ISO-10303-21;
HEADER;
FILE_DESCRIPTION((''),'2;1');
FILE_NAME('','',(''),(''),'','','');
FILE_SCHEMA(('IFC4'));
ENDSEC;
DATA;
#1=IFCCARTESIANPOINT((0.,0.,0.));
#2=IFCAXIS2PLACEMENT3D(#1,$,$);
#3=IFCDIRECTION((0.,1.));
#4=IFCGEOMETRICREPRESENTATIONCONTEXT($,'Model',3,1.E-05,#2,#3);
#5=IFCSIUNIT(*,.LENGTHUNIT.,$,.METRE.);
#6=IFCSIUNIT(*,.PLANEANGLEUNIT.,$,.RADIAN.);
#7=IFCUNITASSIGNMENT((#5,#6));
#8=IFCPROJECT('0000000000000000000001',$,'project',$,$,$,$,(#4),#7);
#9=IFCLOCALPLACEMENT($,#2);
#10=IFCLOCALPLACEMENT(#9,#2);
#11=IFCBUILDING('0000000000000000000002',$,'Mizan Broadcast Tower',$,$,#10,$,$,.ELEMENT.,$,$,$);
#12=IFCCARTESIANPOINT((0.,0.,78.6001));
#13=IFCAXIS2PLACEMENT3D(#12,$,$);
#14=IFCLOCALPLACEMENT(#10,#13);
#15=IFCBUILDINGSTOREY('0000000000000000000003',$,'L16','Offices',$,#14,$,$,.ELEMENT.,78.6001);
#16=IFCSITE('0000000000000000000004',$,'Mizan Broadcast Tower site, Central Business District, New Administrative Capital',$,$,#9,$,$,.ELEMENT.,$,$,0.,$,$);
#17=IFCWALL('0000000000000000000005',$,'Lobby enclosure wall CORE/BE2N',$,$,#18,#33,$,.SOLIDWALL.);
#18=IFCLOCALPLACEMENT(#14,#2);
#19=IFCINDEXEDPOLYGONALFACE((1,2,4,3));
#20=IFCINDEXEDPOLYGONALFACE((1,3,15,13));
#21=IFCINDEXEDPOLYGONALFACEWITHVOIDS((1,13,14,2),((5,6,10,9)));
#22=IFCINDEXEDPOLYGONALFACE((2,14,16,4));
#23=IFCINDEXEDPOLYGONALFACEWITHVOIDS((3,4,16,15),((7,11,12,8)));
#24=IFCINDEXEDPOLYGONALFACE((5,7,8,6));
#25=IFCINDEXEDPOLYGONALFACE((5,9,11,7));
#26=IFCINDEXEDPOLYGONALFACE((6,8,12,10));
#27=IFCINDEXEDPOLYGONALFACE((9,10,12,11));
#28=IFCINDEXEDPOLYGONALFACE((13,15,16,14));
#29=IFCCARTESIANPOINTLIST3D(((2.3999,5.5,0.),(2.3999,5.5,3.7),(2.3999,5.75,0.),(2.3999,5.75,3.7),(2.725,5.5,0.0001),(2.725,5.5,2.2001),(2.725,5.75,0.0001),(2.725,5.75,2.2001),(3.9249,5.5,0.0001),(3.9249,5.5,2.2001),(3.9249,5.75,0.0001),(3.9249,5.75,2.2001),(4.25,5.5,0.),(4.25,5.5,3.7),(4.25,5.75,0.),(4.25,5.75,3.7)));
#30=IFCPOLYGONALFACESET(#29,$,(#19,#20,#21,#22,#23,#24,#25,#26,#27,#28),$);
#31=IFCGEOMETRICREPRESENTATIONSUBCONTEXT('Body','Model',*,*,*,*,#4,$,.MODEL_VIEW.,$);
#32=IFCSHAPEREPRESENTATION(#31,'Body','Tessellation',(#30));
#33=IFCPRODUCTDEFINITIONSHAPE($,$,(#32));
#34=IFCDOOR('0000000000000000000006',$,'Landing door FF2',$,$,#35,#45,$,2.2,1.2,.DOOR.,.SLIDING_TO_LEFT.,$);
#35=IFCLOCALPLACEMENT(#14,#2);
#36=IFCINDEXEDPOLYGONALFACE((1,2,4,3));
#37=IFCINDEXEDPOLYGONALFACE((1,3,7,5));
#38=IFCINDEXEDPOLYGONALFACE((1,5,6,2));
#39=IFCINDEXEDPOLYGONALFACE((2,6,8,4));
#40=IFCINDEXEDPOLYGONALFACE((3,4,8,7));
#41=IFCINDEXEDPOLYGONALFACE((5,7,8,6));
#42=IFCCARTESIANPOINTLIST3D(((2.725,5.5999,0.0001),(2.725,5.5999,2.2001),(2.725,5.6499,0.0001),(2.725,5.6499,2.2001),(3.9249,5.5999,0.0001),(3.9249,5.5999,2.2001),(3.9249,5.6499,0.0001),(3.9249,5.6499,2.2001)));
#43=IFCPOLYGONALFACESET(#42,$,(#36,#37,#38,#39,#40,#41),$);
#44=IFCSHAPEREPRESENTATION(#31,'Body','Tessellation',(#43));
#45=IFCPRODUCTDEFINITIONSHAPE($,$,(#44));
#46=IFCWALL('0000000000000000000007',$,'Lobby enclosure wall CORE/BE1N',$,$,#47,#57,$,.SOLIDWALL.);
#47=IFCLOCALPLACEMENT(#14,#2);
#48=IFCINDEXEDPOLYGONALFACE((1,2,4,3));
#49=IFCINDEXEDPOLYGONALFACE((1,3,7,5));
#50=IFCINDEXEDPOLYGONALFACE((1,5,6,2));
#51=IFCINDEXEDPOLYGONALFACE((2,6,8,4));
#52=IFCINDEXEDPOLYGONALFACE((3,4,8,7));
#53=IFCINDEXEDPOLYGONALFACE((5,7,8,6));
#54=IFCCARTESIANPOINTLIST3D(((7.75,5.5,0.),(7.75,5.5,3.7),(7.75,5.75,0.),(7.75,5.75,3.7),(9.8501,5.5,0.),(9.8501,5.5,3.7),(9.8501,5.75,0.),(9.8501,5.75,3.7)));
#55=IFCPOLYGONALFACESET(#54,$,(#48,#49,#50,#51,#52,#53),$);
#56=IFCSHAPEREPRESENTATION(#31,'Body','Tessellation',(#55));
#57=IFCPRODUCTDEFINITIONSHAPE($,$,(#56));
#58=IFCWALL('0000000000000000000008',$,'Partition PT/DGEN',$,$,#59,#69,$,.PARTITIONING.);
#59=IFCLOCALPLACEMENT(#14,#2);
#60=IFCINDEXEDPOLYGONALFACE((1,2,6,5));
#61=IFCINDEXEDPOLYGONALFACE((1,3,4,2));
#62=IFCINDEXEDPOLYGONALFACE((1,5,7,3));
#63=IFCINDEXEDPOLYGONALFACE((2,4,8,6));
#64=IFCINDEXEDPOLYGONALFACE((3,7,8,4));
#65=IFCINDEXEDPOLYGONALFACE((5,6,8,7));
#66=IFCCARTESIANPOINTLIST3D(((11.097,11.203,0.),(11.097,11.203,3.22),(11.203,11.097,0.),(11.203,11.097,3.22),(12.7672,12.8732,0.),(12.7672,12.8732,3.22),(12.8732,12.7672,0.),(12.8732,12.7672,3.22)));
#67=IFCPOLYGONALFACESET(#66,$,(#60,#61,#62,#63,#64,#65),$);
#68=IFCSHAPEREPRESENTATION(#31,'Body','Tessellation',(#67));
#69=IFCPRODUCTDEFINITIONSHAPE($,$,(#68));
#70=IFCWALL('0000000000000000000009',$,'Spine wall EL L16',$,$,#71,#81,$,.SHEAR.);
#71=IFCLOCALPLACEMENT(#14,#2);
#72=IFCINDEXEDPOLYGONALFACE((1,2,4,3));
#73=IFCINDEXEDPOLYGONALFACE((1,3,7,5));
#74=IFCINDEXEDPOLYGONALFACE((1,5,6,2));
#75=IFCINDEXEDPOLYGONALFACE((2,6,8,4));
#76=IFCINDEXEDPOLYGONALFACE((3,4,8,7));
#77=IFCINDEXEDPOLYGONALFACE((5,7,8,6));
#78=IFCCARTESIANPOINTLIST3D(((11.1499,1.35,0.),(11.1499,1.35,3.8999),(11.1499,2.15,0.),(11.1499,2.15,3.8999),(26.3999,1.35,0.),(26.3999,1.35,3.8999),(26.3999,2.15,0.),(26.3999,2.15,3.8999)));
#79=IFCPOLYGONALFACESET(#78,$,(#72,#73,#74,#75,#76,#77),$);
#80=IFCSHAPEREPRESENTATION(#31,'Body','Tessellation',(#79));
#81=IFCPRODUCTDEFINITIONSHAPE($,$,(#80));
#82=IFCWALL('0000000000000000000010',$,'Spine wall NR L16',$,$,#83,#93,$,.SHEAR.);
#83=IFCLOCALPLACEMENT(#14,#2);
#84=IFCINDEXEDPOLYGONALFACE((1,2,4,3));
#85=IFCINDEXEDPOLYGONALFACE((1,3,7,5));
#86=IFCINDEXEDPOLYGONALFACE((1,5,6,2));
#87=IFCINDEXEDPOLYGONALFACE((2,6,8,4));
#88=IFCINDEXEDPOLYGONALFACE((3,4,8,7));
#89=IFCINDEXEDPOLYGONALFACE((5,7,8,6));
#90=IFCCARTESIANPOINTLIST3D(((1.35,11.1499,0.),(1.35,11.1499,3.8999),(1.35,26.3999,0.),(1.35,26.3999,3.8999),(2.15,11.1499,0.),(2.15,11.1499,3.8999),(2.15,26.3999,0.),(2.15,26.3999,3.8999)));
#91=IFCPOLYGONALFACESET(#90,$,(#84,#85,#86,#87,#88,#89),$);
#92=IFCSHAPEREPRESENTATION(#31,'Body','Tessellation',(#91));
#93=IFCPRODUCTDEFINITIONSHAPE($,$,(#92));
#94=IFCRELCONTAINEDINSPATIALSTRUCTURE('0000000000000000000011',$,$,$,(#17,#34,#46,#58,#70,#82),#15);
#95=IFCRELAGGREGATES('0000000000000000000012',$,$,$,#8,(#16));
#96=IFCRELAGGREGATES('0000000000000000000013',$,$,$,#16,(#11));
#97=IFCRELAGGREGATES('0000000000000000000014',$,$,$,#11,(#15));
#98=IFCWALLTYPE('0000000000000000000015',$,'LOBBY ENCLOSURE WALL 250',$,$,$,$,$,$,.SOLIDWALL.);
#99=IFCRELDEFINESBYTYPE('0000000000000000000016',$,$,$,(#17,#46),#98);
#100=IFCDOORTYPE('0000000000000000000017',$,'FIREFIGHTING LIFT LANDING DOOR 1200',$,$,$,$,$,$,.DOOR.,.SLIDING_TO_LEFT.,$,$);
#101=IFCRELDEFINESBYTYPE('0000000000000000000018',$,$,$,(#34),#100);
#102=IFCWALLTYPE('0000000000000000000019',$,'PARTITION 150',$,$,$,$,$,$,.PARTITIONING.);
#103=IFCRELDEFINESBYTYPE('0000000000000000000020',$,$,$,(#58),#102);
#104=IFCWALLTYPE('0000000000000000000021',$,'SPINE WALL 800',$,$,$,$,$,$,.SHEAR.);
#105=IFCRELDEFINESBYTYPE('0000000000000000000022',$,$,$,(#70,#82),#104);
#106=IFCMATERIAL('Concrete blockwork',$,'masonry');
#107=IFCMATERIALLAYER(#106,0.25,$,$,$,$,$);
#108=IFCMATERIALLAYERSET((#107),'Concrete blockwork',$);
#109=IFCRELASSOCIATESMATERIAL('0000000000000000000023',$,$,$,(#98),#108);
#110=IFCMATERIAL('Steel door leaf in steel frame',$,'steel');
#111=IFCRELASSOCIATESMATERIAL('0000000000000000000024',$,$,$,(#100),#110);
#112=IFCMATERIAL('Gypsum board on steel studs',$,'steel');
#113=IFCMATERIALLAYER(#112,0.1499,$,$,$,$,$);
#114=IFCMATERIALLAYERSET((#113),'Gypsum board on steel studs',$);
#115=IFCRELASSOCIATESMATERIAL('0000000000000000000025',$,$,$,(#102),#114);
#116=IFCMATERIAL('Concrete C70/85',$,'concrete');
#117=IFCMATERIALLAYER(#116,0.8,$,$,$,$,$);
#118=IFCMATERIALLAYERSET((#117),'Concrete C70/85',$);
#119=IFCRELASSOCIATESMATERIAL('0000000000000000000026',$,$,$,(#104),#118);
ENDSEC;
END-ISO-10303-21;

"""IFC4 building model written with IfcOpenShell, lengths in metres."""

from ifc_helpers import new_model, si_unit, direction, frame, frame_2d, origin, place, context, subcontext, project, spatial, rectangle, extrude, material, layer, layer_set, type_object, element, fill, save


model = new_model("IFC4")

# Units and contexts
model_context = context("Model", 3, precision=1e-05, world=origin(), true_north=direction((0.0, 1.0)))
body_context = subcontext(model_context, "Body", "Model", "MODEL_VIEW")
ifc_project = project(units=[si_unit("LENGTHUNIT", "METRE"), si_unit("PLANEANGLEUNIT", "RADIAN")], contexts=[model_context])

# Site, building, storey
site_placement = place(None, origin())
site = spatial("IfcSite", under=ifc_project, at=site_placement, Name="Mizan Broadcast Tower site, Central Business District, New Administrative Capital", CompositionType="ELEMENT", RefElevation=0.0)
building_placement = place(site_placement, origin())
building = spatial("IfcBuilding", under=site, at=building_placement, Name="Mizan Broadcast Tower", CompositionType="ELEMENT")
storey_placement = place(building_placement, frame((0.0, 0.0, 78.6001)))
storey = spatial("IfcBuildingStorey", under=building, at=storey_placement, Name="L16", Description="Offices", CompositionType="ELEMENT", Elevation=78.6001)

# Wall, opening, door
ifc_material_1 = material(Name="Concrete blockwork", Category="masonry")
ifc_layer_1 = layer(ifc_material_1, 0.25)
ifc_layer_set_1 = layer_set([ifc_layer_1], Name="Concrete blockwork")
wall_type_1 = type_object("IfcWallType", Name="LOBBY ENCLOSURE WALL 250", PredefinedType="SOLIDWALL", material=ifc_layer_set_1)
wall_1_placement = place(storey_placement, frame((2.3999, 5.625, 0.0), z_axis=(0.0, 0.0, 1.0), x_axis=(1.0, 0.0, 0.0)))
wall_1 = element("IfcWall", 1, at=wall_1_placement, inside=storey, type_object=wall_type_1, Name="Lobby enclosure wall CORE/BE2N", PredefinedType="SOLIDWALL", context=body_context, shape_type="SweptSolid", body=[
    extrude(rectangle(XDim=1.8501, YDim=0.25, at=frame_2d((0.925, 0.0))), origin(), (0.0, 0.0, 1.0), 3.7),
])
opening_1_placement = place(wall_1_placement, frame((0.325, 0.0, 0.0)))
opening_1 = element("IfcOpeningElement", 2, at=opening_1_placement, cuts=wall_1, PredefinedType="OPENING", context=body_context, shape_type="SweptSolid", body=[
    extrude(rectangle(XDim=1.2, YDim=2.2, at=frame_2d((0.6001, 1.1001))), frame((0.0, 0.135, 0.0), z_axis=(0.0, -1.0, 0.0), x_axis=(1.0, 0.0, 0.0)), (0.0, 0.0, 1.0), 0.27),
])
ifc_material_2 = material(Name="Steel door leaf in steel frame", Category="steel")
door_type_1 = type_object("IfcDoorType", Name="FIREFIGHTING LIFT LANDING DOOR 1200", OperationType="SLIDING_TO_LEFT", PredefinedType="DOOR", material=ifc_material_2)
door_1_placement = place(opening_1_placement, origin())
door_1 = element("IfcDoor", 3, at=door_1_placement, inside=storey, type_object=door_type_1, Name="Landing door FF2", OperationType="SLIDING_TO_LEFT", OverallHeight=2.2, OverallWidth=1.2, PredefinedType="DOOR", context=body_context, shape_type="SweptSolid", body=[
    extrude(rectangle(XDim=1.2, YDim=2.2, at=frame_2d((0.6001, 1.1001))), frame((0.0, 0.0249, 0.0), z_axis=(0.0, -1.0, 0.0), x_axis=(1.0, 0.0, 0.0)), (0.0, 0.0, 1.0), 0.05),
])
fill(opening_1, door_1)

# Walls
wall_2_placement = place(storey_placement, frame((7.75, 5.625, 0.0), z_axis=(0.0, 0.0, 1.0), x_axis=(1.0, 0.0, 0.0)))
element("IfcWall", 4, at=wall_2_placement, inside=storey, type_object=wall_type_1, Name="Lobby enclosure wall CORE/BE1N", PredefinedType="SOLIDWALL", context=body_context, shape_type="SweptSolid", body=[
    extrude(rectangle(XDim=2.1001, YDim=0.25, at=frame_2d((1.05, 0.0))), origin(), (0.0, 0.0, 1.0), 3.7),
])
ifc_material_3 = material(Name="Gypsum board on steel studs", Category="steel")
ifc_layer_2 = layer(ifc_material_3, 0.1499)
ifc_layer_set_2 = layer_set([ifc_layer_2], Name="Gypsum board on steel studs")
wall_type_2 = type_object("IfcWallType", Name="PARTITION 150", PredefinedType="PARTITIONING", material=ifc_layer_set_2)
wall_3_placement = place(storey_placement, frame((11.1499, 11.1499, 0.0), z_axis=(0.0, 0.0, 1.0), x_axis=(0.707107, 0.707107, 0.0)))
element("IfcWall", 5, at=wall_3_placement, inside=storey, type_object=wall_type_2, Name="Partition PT/DGEN", PredefinedType="PARTITIONING", context=body_context, shape_type="SweptSolid", body=[
    extrude(rectangle(XDim=2.3621, YDim=0.1499, at=frame_2d((1.1812, 0.0))), origin(), (0.0, 0.0, 1.0), 3.22),
])
ifc_material_4 = material(Name="Concrete C70/85", Category="concrete")
ifc_layer_3 = layer(ifc_material_4, 0.8)
ifc_layer_set_3 = layer_set([ifc_layer_3], Name="Concrete C70/85")
wall_type_3 = type_object("IfcWallType", Name="SPINE WALL 800", PredefinedType="SHEAR", material=ifc_layer_set_3)
for number, where, z_axis, x_axis, name in (
    (6, (11.1499, 1.75, 0.0), (0.0, 0.0, 1.0), (1.0, 0.0, 0.0), "Spine wall EL L16"),
    (7, (1.75, 11.1499, 0.0), (0.0, 0.0, 1.0), (0.0, 1.0, 0.0), "Spine wall NR L16"),
):
    element("IfcWall", number, at=place(storey_placement, frame(where, z_axis=z_axis, x_axis=x_axis)), inside=storey, type_object=wall_type_3, Name=name, PredefinedType="SHEAR", context=body_context, shape_type="SweptSolid", body=[
        extrude(rectangle(XDim=15.25, YDim=0.8, at=frame_2d((7.625, 0.0))), origin(), (0.0, 0.0, 1.0), 3.8999),
    ])

save(model, "model.ifc")
